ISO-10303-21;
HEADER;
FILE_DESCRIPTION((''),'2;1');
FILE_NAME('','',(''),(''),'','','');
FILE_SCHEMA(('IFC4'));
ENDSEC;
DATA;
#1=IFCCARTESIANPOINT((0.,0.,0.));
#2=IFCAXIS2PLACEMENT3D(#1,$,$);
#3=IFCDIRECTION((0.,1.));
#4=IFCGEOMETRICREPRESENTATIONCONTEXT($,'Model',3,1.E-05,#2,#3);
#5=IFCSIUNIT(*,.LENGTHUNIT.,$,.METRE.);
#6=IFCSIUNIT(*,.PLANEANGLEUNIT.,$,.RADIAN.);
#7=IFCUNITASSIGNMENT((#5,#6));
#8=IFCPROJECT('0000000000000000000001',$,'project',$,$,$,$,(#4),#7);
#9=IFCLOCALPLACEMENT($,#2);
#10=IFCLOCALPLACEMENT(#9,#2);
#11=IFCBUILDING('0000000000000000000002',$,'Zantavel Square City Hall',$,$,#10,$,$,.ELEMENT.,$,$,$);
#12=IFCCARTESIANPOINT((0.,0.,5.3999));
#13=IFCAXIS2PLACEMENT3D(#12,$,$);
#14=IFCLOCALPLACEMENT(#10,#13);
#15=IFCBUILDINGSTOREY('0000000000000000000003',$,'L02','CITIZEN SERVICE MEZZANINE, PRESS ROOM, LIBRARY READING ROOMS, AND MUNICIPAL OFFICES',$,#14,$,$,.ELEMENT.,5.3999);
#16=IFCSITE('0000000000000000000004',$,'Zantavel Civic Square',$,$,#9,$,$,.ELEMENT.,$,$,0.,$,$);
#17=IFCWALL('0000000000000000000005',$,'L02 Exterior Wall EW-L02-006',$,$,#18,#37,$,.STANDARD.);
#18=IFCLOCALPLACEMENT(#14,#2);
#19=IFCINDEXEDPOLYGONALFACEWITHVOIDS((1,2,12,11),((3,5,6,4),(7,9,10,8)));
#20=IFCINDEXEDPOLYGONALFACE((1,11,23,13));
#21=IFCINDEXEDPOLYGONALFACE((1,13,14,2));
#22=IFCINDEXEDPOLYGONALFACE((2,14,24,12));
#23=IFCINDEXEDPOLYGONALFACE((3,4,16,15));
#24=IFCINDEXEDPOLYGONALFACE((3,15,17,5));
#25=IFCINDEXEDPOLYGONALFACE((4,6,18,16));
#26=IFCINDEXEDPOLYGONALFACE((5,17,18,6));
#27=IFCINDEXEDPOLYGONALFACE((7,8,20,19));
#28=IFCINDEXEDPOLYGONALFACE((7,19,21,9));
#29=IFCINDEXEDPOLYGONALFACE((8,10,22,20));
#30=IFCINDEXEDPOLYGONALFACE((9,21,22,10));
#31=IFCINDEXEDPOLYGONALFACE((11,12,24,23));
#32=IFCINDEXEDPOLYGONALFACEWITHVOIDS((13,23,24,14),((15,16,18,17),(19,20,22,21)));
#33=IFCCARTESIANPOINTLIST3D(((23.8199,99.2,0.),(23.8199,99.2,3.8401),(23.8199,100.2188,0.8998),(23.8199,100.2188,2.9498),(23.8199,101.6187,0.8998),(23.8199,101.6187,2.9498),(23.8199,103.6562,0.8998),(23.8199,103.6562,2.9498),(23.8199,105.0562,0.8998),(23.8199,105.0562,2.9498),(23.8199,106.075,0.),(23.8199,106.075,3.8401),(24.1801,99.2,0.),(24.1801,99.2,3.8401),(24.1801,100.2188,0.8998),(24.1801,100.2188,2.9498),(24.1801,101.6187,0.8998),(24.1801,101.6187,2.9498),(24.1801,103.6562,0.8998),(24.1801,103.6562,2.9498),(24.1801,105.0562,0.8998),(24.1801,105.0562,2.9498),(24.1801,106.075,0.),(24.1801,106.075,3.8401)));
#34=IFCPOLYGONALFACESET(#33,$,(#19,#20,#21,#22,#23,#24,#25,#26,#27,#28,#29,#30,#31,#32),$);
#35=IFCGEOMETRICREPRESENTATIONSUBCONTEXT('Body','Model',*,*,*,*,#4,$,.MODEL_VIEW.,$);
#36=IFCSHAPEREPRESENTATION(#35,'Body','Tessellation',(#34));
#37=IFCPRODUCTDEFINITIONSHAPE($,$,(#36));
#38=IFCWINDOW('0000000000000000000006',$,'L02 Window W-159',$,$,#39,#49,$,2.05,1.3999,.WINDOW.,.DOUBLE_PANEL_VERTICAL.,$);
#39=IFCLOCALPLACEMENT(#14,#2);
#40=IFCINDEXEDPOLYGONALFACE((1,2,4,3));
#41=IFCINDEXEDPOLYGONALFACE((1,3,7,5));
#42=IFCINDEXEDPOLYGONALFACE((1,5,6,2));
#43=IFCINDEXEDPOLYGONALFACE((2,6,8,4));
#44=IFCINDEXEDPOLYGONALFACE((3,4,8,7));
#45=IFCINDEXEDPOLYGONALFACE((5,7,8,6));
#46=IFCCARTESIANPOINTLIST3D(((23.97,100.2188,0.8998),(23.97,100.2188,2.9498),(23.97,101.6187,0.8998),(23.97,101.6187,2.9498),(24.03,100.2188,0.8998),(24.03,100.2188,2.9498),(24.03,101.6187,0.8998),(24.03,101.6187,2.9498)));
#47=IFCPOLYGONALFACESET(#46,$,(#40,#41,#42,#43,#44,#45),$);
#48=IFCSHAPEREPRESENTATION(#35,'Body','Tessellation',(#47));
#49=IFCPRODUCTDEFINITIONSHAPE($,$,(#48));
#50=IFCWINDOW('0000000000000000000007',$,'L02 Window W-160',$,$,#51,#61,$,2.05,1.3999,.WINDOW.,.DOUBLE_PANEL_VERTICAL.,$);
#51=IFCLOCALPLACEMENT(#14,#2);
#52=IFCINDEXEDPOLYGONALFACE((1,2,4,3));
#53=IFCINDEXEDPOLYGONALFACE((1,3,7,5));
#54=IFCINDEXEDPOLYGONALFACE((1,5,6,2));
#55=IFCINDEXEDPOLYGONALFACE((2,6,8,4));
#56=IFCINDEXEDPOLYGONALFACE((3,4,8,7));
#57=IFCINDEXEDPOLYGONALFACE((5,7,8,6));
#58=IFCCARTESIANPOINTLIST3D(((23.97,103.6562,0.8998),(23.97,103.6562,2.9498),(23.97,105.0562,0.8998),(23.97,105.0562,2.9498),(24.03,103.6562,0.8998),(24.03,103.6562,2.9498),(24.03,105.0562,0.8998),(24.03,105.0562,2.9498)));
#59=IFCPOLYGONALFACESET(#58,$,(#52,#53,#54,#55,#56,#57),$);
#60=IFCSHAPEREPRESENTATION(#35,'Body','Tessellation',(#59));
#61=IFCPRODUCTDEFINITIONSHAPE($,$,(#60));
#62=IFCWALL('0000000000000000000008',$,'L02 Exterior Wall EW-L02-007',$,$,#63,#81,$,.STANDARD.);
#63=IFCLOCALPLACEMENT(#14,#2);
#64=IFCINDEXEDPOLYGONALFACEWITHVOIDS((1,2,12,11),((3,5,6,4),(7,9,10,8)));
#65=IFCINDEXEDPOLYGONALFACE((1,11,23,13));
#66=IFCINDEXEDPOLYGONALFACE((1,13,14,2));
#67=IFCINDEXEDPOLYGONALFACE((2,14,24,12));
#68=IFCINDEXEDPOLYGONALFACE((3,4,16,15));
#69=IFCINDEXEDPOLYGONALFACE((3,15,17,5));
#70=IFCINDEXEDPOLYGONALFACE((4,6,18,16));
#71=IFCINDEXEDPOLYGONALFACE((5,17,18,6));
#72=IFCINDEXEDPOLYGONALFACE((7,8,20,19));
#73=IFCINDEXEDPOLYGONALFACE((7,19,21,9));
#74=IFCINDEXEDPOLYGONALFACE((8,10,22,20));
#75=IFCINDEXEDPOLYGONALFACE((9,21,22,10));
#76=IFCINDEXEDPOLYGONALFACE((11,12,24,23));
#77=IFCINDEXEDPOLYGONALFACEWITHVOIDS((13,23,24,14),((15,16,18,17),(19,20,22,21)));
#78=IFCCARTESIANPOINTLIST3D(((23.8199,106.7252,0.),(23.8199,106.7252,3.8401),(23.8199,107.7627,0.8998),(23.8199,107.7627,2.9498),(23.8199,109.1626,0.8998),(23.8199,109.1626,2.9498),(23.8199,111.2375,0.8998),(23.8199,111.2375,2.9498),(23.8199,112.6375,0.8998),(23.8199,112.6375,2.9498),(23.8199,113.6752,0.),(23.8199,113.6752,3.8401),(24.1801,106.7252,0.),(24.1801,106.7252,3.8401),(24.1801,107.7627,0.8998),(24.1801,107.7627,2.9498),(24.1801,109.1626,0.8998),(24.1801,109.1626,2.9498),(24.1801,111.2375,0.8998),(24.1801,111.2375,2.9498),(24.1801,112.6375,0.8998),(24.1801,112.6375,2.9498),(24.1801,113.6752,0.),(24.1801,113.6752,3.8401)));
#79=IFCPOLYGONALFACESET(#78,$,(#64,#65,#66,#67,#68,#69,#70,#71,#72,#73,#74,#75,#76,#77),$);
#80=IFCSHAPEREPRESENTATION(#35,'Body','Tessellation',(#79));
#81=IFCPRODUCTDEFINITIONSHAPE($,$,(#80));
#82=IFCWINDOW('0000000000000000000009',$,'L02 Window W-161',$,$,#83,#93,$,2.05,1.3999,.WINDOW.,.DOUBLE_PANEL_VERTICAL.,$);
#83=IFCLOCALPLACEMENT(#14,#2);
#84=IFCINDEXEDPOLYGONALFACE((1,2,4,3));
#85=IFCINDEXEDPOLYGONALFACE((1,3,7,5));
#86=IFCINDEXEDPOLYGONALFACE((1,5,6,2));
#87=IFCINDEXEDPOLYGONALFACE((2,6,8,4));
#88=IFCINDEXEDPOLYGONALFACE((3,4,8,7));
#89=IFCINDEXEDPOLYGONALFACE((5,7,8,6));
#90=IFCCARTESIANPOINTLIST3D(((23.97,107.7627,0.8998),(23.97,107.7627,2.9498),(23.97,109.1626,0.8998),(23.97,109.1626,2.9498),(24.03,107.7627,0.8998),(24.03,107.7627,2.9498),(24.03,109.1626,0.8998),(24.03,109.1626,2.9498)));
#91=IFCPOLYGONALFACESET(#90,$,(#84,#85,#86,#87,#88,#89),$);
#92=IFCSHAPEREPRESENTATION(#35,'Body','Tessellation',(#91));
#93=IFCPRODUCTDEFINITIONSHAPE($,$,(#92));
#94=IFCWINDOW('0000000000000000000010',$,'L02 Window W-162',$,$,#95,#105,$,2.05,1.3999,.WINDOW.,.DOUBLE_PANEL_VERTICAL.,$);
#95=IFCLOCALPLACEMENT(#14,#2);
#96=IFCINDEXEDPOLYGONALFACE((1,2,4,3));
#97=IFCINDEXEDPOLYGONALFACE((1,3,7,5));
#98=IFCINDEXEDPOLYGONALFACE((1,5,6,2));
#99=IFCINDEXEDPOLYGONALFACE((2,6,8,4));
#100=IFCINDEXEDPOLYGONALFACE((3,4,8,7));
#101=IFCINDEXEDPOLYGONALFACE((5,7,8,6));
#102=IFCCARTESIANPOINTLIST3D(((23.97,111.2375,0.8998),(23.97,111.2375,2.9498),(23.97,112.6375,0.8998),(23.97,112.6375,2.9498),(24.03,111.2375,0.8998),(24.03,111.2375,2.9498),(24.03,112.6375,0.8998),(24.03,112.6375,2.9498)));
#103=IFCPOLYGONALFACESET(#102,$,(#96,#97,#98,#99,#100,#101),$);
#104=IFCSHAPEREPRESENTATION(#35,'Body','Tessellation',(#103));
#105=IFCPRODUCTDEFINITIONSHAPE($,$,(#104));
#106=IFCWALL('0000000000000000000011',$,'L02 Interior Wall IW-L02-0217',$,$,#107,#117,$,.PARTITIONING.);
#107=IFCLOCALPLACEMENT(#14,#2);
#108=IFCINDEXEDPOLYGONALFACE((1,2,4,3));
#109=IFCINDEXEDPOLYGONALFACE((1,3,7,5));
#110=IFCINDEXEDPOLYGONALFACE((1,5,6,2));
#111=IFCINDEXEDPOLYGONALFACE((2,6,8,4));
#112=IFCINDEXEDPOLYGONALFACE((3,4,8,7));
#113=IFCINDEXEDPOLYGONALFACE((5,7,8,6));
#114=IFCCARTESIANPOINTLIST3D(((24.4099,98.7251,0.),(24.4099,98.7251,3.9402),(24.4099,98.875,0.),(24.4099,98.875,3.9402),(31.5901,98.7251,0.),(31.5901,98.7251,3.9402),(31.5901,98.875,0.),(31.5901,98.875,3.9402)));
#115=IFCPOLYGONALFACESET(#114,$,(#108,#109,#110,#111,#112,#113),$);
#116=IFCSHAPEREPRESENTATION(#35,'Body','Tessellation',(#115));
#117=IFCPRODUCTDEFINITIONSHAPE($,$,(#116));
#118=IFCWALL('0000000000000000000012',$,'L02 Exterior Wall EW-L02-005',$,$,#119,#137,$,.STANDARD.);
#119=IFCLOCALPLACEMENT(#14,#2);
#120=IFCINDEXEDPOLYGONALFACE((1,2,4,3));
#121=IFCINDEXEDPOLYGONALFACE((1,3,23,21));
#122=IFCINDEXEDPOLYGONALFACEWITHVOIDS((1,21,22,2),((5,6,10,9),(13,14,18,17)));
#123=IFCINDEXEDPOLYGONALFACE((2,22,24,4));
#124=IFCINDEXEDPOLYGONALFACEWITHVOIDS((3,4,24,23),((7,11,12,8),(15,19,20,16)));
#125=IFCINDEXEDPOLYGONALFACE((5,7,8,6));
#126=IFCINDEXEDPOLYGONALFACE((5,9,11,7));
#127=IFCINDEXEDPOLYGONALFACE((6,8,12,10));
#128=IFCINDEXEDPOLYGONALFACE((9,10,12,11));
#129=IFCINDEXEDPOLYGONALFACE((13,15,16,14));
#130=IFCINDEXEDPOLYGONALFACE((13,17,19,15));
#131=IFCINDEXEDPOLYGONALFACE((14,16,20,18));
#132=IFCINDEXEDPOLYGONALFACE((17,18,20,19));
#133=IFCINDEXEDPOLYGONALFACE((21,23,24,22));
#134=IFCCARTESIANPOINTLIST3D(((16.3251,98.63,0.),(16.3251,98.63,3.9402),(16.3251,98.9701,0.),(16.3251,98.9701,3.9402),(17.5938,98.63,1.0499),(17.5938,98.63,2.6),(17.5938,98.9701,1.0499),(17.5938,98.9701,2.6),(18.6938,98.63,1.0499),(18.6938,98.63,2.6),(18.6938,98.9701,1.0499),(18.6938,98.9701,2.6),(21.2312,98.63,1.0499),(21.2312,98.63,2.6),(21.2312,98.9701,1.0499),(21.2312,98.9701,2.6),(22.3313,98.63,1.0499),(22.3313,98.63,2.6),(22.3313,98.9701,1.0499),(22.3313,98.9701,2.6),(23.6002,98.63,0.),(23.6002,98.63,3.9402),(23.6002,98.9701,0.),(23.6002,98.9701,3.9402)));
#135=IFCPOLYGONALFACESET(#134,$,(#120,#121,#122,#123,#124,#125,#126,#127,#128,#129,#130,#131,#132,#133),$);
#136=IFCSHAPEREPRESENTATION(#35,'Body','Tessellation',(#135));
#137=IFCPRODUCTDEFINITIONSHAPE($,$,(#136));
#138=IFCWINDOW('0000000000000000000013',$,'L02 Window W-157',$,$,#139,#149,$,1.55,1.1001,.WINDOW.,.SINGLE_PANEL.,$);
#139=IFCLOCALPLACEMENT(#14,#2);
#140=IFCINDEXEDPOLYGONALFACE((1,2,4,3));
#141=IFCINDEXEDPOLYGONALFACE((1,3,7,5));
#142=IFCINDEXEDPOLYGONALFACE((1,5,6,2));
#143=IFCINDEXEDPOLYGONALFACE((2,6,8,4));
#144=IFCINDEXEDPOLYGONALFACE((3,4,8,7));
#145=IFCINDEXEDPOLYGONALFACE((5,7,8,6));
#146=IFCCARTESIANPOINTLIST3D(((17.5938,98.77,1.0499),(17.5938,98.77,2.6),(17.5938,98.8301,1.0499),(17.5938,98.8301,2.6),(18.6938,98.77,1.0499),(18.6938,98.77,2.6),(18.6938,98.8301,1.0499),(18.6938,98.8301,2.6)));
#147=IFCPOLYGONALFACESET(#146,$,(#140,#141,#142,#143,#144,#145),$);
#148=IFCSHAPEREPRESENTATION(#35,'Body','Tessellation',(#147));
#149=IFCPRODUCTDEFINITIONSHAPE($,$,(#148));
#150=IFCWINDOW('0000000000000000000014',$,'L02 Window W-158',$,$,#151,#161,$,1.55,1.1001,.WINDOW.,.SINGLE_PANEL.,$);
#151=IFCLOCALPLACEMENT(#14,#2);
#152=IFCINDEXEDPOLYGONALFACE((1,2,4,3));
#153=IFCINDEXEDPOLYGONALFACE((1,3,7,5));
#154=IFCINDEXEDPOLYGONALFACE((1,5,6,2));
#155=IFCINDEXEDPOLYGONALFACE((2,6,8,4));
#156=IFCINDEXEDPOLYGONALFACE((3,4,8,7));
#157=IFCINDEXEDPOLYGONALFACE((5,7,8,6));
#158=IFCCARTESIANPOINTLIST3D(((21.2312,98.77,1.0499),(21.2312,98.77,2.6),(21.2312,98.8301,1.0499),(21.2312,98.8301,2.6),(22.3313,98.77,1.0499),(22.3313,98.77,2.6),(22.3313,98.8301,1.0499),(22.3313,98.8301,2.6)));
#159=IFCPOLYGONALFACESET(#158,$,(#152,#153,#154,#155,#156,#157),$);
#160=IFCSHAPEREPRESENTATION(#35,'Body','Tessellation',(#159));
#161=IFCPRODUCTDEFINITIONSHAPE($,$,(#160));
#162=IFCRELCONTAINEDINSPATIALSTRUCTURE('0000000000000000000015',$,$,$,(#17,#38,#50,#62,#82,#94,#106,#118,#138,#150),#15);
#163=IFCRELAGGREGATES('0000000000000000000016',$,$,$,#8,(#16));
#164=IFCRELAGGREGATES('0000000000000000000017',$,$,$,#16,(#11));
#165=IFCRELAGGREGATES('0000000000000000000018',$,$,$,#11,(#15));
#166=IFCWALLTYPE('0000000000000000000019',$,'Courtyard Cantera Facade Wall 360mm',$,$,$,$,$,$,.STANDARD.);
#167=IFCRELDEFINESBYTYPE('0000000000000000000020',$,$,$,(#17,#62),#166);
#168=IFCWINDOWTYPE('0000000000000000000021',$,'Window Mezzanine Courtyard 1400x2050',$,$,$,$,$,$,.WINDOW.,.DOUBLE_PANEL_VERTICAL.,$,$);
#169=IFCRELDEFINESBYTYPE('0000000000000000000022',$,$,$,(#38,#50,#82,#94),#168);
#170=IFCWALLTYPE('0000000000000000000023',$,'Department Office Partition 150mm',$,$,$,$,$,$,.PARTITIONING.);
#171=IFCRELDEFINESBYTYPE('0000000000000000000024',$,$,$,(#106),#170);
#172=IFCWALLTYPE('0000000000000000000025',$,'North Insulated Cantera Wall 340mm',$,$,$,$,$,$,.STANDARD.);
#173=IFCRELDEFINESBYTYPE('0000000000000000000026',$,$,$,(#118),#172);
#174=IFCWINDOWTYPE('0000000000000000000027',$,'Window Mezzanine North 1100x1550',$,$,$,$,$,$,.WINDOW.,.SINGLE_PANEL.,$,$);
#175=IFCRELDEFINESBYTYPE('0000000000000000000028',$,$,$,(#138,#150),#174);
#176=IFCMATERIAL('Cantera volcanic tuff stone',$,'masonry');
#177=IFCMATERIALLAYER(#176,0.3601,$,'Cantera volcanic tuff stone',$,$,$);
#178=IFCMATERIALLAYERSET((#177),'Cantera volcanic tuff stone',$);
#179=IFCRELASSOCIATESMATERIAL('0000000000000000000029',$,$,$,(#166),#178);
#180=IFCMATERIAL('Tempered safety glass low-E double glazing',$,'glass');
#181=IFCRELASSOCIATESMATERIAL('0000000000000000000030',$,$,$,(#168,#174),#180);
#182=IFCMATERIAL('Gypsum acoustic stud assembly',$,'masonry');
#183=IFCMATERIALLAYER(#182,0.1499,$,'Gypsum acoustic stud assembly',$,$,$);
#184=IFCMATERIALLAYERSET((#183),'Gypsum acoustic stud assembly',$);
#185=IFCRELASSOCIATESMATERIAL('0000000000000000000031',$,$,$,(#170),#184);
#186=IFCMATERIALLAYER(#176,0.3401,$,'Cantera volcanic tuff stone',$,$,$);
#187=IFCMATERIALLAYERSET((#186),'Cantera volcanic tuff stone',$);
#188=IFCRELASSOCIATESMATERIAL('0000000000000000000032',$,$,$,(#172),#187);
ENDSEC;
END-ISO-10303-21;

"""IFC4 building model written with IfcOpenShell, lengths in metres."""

from ifc_helpers import new_model, si_unit, direction, frame, frame_2d, origin, place, context, subcontext, project, spatial, rectangle, extrude, material, layer, layer_set, type_object, element, fill, save


model = new_model("IFC4")

# Units and contexts
model_context = context("Model", 3, precision=1e-05, world=origin(), true_north=direction((0.0, 1.0)))
body_context = subcontext(model_context, "Body", "Model", "MODEL_VIEW")
ifc_project = project(units=[si_unit("LENGTHUNIT", "METRE"), si_unit("PLANEANGLEUNIT", "RADIAN")], contexts=[model_context])

# Site, building, storey
site_placement = place(None, origin())
site = spatial("IfcSite", under=ifc_project, at=site_placement, Name="Zantavel Civic Square", CompositionType="ELEMENT", RefElevation=0.0)
building_placement = place(site_placement, origin())
building = spatial("IfcBuilding", under=site, at=building_placement, Name="Zantavel Square City Hall", CompositionType="ELEMENT")
storey_placement = place(building_placement, frame((0.0, 0.0, 5.3999)))
storey = spatial("IfcBuildingStorey", under=building, at=storey_placement, Name="L02", Description="CITIZEN SERVICE MEZZANINE, PRESS ROOM, LIBRARY READING ROOMS, AND MUNICIPAL OFFICES", CompositionType="ELEMENT", Elevation=5.3999)

# Walls, openings, windows
ifc_material_1 = material(Name="Cantera volcanic tuff stone", Category="masonry")
ifc_layer_1 = layer(ifc_material_1, 0.3601, Name="Cantera volcanic tuff stone")
ifc_layer_set_1 = layer_set([ifc_layer_1], Name="Cantera volcanic tuff stone")
wall_type_1 = type_object("IfcWallType", Name="Courtyard Cantera Facade Wall 360mm", PredefinedType="STANDARD", material=ifc_layer_set_1)
wall_1_placement = place(storey_placement, frame((24.0, 99.2, 0.0), z_axis=(0.0, 0.0, 1.0), x_axis=(0.0, 1.0, 0.0)))
wall_1 = element("IfcWall", 1, at=wall_1_placement, inside=storey, type_object=wall_type_1, Name="L02 Exterior Wall EW-L02-006", PredefinedType="STANDARD", context=body_context, shape_type="SweptSolid", body=[
    extrude(rectangle(XDim=6.875, YDim=0.3601, at=frame_2d((3.4375, 0.0))), origin(), (0.0, 0.0, 1.0), 3.8401),
])
opening_1_placement = place(wall_1_placement, frame((1.0188, 0.0, 0.8999)))
opening_1 = element("IfcOpeningElement", 2, at=opening_1_placement, cuts=wall_1, PredefinedType="OPENING", context=body_context, shape_type="SweptSolid", body=[
    extrude(rectangle(XDim=1.3999, YDim=2.05, at=frame_2d((0.7, 1.0249))), frame((0.0, 0.1899, 0.0), z_axis=(0.0, -1.0, 0.0), x_axis=(1.0, 0.0, 0.0)), (0.0, 0.0, 1.0), 0.3801),
])
opening_2_placement = place(wall_1_placement, frame((4.4563, 0.0, 0.8999)))
opening_2 = element("IfcOpeningElement", 3, at=opening_2_placement, cuts=wall_1, PredefinedType="OPENING", context=body_context, shape_type="SweptSolid", body=[
    extrude(rectangle(XDim=1.3999, YDim=2.05, at=frame_2d((0.7, 1.0249))), frame((0.0, 0.1899, 0.0), z_axis=(0.0, -1.0, 0.0), x_axis=(1.0, 0.0, 0.0)), (0.0, 0.0, 1.0), 0.3801),
])
ifc_material_2 = material(Name="Tempered safety glass low-E double glazing", Category="glass")
window_type_1 = type_object("IfcWindowType", Name="Window Mezzanine Courtyard 1400x2050", PartitioningType="DOUBLE_PANEL_VERTICAL", PredefinedType="WINDOW", material=ifc_material_2)
window_1_placement = place(opening_1_placement, origin())
window_1 = element("IfcWindow", 4, at=window_1_placement, inside=storey, type_object=window_type_1, Name="L02 Window W-159", OverallHeight=2.05, OverallWidth=1.3999, PartitioningType="DOUBLE_PANEL_VERTICAL", PredefinedType="WINDOW", context=body_context, shape_type="SweptSolid", body=[
    extrude(rectangle(XDim=1.3999, YDim=2.05, at=frame_2d((0.7, 1.0249))), frame((0.0, 0.03, 0.0), z_axis=(0.0, -1.0, 0.0), x_axis=(1.0, 0.0, 0.0)), (0.0, 0.0, 1.0), 0.0601),
])
fill(opening_1, window_1)
window_2_placement = place(opening_2_placement, origin())
window_2 = element("IfcWindow", 5, at=window_2_placement, inside=storey, type_object=window_type_1, Name="L02 Window W-160", OverallHeight=2.05, OverallWidth=1.3999, PartitioningType="DOUBLE_PANEL_VERTICAL", PredefinedType="WINDOW", context=body_context, shape_type="SweptSolid", body=[
    extrude(rectangle(XDim=1.3999, YDim=2.05, at=frame_2d((0.7, 1.0249))), frame((0.0, 0.03, 0.0), z_axis=(0.0, -1.0, 0.0), x_axis=(1.0, 0.0, 0.0)), (0.0, 0.0, 1.0), 0.0601),
])
fill(opening_2, window_2)
wall_2_placement = place(storey_placement, frame((24.0, 106.7251, 0.0), z_axis=(0.0, 0.0, 1.0), x_axis=(0.0, 1.0, 0.0)))
wall_2 = element("IfcWall", 6, at=wall_2_placement, inside=storey, type_object=wall_type_1, Name="L02 Exterior Wall EW-L02-007", PredefinedType="STANDARD", context=body_context, shape_type="SweptSolid", body=[
    extrude(rectangle(XDim=6.95, YDim=0.3601, at=frame_2d((3.4751, 0.0))), origin(), (0.0, 0.0, 1.0), 3.8401),
])
opening_3_placement = place(wall_2_placement, frame((1.0376, 0.0, 0.8999)))
opening_3 = element("IfcOpeningElement", 7, at=opening_3_placement, cuts=wall_2, PredefinedType="OPENING", context=body_context, shape_type="SweptSolid", body=[
    extrude(rectangle(XDim=1.3999, YDim=2.05, at=frame_2d((0.7, 1.0249))), frame((0.0, 0.1899, 0.0), z_axis=(0.0, -1.0, 0.0), x_axis=(1.0, 0.0, 0.0)), (0.0, 0.0, 1.0), 0.3801),
])
opening_4_placement = place(wall_2_placement, frame((4.5125, 0.0, 0.8999)))
opening_4 = element("IfcOpeningElement", 8, at=opening_4_placement, cuts=wall_2, PredefinedType="OPENING", context=body_context, shape_type="SweptSolid", body=[
    extrude(rectangle(XDim=1.3999, YDim=2.05, at=frame_2d((0.7, 1.0249))), frame((0.0, 0.1899, 0.0), z_axis=(0.0, -1.0, 0.0), x_axis=(1.0, 0.0, 0.0)), (0.0, 0.0, 1.0), 0.3801),
])
window_3_placement = place(opening_3_placement, origin())
window_3 = element("IfcWindow", 9, at=window_3_placement, inside=storey, type_object=window_type_1, Name="L02 Window W-161", OverallHeight=2.05, OverallWidth=1.3999, PartitioningType="DOUBLE_PANEL_VERTICAL", PredefinedType="WINDOW", context=body_context, shape_type="SweptSolid", body=[
    extrude(rectangle(XDim=1.3999, YDim=2.05, at=frame_2d((0.7, 1.0249))), frame((0.0, 0.03, 0.0), z_axis=(0.0, -1.0, 0.0), x_axis=(1.0, 0.0, 0.0)), (0.0, 0.0, 1.0), 0.0601),
])
fill(opening_3, window_3)
window_4_placement = place(opening_4_placement, origin())
window_4 = element("IfcWindow", 10, at=window_4_placement, inside=storey, type_object=window_type_1, Name="L02 Window W-162", OverallHeight=2.05, OverallWidth=1.3999, PartitioningType="DOUBLE_PANEL_VERTICAL", PredefinedType="WINDOW", context=body_context, shape_type="SweptSolid", body=[
    extrude(rectangle(XDim=1.3999, YDim=2.05, at=frame_2d((0.7, 1.0249))), frame((0.0, 0.03, 0.0), z_axis=(0.0, -1.0, 0.0), x_axis=(1.0, 0.0, 0.0)), (0.0, 0.0, 1.0), 0.0601),
])
fill(opening_4, window_4)

# Wall
ifc_material_3 = material(Name="Gypsum acoustic stud assembly", Category="masonry")
ifc_layer_2 = layer(ifc_material_3, 0.1499, Name="Gypsum acoustic stud assembly")
ifc_layer_set_2 = layer_set([ifc_layer_2], Name="Gypsum acoustic stud assembly")
wall_type_2 = type_object("IfcWallType", Name="Department Office Partition 150mm", PredefinedType="PARTITIONING", material=ifc_layer_set_2)
wall_3_placement = place(storey_placement, frame((24.4099, 98.8, 0.0), z_axis=(0.0, 0.0, 1.0), x_axis=(1.0, 0.0, 0.0)))
element("IfcWall", 11, at=wall_3_placement, inside=storey, type_object=wall_type_2, Name="L02 Interior Wall IW-L02-0217", PredefinedType="PARTITIONING", context=body_context, shape_type="SweptSolid", body=[
    extrude(rectangle(XDim=7.1802, YDim=0.1499, at=frame_2d((3.5901, 0.0))), origin(), (0.0, 0.0, 1.0), 3.9402),
])

# Wall, openings, windows
ifc_layer_3 = layer(ifc_material_1, 0.3401, Name="Cantera volcanic tuff stone")
ifc_layer_set_3 = layer_set([ifc_layer_3], Name="Cantera volcanic tuff stone")
wall_type_3 = type_object("IfcWallType", Name="North Insulated Cantera Wall 340mm", PredefinedType="STANDARD", material=ifc_layer_set_3)
wall_4_placement = place(storey_placement, frame((16.325, 98.8, 0.0), z_axis=(0.0, 0.0, 1.0), x_axis=(1.0, 0.0, 0.0)))
wall_4 = element("IfcWall", 12, at=wall_4_placement, inside=storey, type_object=wall_type_3, Name="L02 Exterior Wall EW-L02-005", PredefinedType="STANDARD", context=body_context, shape_type="SweptSolid", body=[
    extrude(rectangle(XDim=7.2751, YDim=0.3401, at=frame_2d((3.6377, 0.0))), origin(), (0.0, 0.0, 1.0), 3.9402),
])
opening_5_placement = place(wall_4_placement, frame((1.2688, 0.0, 1.05)))
opening_5 = element("IfcOpeningElement", 13, at=opening_5_placement, cuts=wall_4, PredefinedType="OPENING", context=body_context, shape_type="SweptSolid", body=[
    extrude(rectangle(XDim=1.1001, YDim=1.55, at=frame_2d((0.55, 0.7749))), frame((0.0, 0.1799, 0.0), z_axis=(0.0, -1.0, 0.0), x_axis=(1.0, 0.0, 0.0)), (0.0, 0.0, 1.0), 0.3601),
])
opening_6_placement = place(wall_4_placement, frame((4.9062, 0.0, 1.05)))
opening_6 = element("IfcOpeningElement", 14, at=opening_6_placement, cuts=wall_4, PredefinedType="OPENING", context=body_context, shape_type="SweptSolid", body=[
    extrude(rectangle(XDim=1.1001, YDim=1.55, at=frame_2d((0.55, 0.7749))), frame((0.0, 0.1799, 0.0), z_axis=(0.0, -1.0, 0.0), x_axis=(1.0, 0.0, 0.0)), (0.0, 0.0, 1.0), 0.3601),
])
window_type_2 = type_object("IfcWindowType", Name="Window Mezzanine North 1100x1550", PartitioningType="SINGLE_PANEL", PredefinedType="WINDOW", material=ifc_material_2)
window_5_placement = place(opening_5_placement, origin())
window_5 = element("IfcWindow", 15, at=window_5_placement, inside=storey, type_object=window_type_2, Name="L02 Window W-157", OverallHeight=1.55, OverallWidth=1.1001, PartitioningType="SINGLE_PANEL", PredefinedType="WINDOW", context=body_context, shape_type="SweptSolid", body=[
    extrude(rectangle(XDim=1.1001, YDim=1.55, at=frame_2d((0.55, 0.7749))), frame((0.0, 0.03, 0.0), z_axis=(0.0, -1.0, 0.0), x_axis=(1.0, 0.0, 0.0)), (0.0, 0.0, 1.0), 0.0601),
])
fill(opening_5, window_5)
window_6_placement = place(opening_6_placement, origin())
window_6 = element("IfcWindow", 16, at=window_6_placement, inside=storey, type_object=window_type_2, Name="L02 Window W-158", OverallHeight=1.55, OverallWidth=1.1001, PartitioningType="SINGLE_PANEL", PredefinedType="WINDOW", context=body_context, shape_type="SweptSolid", body=[
    extrude(rectangle(XDim=1.1001, YDim=1.55, at=frame_2d((0.55, 0.7749))), frame((0.0, 0.03, 0.0), z_axis=(0.0, -1.0, 0.0), x_axis=(1.0, 0.0, 0.0)), (0.0, 0.0, 1.0), 0.0601),
])
fill(opening_6, window_6)

save(model, "model.ifc")
